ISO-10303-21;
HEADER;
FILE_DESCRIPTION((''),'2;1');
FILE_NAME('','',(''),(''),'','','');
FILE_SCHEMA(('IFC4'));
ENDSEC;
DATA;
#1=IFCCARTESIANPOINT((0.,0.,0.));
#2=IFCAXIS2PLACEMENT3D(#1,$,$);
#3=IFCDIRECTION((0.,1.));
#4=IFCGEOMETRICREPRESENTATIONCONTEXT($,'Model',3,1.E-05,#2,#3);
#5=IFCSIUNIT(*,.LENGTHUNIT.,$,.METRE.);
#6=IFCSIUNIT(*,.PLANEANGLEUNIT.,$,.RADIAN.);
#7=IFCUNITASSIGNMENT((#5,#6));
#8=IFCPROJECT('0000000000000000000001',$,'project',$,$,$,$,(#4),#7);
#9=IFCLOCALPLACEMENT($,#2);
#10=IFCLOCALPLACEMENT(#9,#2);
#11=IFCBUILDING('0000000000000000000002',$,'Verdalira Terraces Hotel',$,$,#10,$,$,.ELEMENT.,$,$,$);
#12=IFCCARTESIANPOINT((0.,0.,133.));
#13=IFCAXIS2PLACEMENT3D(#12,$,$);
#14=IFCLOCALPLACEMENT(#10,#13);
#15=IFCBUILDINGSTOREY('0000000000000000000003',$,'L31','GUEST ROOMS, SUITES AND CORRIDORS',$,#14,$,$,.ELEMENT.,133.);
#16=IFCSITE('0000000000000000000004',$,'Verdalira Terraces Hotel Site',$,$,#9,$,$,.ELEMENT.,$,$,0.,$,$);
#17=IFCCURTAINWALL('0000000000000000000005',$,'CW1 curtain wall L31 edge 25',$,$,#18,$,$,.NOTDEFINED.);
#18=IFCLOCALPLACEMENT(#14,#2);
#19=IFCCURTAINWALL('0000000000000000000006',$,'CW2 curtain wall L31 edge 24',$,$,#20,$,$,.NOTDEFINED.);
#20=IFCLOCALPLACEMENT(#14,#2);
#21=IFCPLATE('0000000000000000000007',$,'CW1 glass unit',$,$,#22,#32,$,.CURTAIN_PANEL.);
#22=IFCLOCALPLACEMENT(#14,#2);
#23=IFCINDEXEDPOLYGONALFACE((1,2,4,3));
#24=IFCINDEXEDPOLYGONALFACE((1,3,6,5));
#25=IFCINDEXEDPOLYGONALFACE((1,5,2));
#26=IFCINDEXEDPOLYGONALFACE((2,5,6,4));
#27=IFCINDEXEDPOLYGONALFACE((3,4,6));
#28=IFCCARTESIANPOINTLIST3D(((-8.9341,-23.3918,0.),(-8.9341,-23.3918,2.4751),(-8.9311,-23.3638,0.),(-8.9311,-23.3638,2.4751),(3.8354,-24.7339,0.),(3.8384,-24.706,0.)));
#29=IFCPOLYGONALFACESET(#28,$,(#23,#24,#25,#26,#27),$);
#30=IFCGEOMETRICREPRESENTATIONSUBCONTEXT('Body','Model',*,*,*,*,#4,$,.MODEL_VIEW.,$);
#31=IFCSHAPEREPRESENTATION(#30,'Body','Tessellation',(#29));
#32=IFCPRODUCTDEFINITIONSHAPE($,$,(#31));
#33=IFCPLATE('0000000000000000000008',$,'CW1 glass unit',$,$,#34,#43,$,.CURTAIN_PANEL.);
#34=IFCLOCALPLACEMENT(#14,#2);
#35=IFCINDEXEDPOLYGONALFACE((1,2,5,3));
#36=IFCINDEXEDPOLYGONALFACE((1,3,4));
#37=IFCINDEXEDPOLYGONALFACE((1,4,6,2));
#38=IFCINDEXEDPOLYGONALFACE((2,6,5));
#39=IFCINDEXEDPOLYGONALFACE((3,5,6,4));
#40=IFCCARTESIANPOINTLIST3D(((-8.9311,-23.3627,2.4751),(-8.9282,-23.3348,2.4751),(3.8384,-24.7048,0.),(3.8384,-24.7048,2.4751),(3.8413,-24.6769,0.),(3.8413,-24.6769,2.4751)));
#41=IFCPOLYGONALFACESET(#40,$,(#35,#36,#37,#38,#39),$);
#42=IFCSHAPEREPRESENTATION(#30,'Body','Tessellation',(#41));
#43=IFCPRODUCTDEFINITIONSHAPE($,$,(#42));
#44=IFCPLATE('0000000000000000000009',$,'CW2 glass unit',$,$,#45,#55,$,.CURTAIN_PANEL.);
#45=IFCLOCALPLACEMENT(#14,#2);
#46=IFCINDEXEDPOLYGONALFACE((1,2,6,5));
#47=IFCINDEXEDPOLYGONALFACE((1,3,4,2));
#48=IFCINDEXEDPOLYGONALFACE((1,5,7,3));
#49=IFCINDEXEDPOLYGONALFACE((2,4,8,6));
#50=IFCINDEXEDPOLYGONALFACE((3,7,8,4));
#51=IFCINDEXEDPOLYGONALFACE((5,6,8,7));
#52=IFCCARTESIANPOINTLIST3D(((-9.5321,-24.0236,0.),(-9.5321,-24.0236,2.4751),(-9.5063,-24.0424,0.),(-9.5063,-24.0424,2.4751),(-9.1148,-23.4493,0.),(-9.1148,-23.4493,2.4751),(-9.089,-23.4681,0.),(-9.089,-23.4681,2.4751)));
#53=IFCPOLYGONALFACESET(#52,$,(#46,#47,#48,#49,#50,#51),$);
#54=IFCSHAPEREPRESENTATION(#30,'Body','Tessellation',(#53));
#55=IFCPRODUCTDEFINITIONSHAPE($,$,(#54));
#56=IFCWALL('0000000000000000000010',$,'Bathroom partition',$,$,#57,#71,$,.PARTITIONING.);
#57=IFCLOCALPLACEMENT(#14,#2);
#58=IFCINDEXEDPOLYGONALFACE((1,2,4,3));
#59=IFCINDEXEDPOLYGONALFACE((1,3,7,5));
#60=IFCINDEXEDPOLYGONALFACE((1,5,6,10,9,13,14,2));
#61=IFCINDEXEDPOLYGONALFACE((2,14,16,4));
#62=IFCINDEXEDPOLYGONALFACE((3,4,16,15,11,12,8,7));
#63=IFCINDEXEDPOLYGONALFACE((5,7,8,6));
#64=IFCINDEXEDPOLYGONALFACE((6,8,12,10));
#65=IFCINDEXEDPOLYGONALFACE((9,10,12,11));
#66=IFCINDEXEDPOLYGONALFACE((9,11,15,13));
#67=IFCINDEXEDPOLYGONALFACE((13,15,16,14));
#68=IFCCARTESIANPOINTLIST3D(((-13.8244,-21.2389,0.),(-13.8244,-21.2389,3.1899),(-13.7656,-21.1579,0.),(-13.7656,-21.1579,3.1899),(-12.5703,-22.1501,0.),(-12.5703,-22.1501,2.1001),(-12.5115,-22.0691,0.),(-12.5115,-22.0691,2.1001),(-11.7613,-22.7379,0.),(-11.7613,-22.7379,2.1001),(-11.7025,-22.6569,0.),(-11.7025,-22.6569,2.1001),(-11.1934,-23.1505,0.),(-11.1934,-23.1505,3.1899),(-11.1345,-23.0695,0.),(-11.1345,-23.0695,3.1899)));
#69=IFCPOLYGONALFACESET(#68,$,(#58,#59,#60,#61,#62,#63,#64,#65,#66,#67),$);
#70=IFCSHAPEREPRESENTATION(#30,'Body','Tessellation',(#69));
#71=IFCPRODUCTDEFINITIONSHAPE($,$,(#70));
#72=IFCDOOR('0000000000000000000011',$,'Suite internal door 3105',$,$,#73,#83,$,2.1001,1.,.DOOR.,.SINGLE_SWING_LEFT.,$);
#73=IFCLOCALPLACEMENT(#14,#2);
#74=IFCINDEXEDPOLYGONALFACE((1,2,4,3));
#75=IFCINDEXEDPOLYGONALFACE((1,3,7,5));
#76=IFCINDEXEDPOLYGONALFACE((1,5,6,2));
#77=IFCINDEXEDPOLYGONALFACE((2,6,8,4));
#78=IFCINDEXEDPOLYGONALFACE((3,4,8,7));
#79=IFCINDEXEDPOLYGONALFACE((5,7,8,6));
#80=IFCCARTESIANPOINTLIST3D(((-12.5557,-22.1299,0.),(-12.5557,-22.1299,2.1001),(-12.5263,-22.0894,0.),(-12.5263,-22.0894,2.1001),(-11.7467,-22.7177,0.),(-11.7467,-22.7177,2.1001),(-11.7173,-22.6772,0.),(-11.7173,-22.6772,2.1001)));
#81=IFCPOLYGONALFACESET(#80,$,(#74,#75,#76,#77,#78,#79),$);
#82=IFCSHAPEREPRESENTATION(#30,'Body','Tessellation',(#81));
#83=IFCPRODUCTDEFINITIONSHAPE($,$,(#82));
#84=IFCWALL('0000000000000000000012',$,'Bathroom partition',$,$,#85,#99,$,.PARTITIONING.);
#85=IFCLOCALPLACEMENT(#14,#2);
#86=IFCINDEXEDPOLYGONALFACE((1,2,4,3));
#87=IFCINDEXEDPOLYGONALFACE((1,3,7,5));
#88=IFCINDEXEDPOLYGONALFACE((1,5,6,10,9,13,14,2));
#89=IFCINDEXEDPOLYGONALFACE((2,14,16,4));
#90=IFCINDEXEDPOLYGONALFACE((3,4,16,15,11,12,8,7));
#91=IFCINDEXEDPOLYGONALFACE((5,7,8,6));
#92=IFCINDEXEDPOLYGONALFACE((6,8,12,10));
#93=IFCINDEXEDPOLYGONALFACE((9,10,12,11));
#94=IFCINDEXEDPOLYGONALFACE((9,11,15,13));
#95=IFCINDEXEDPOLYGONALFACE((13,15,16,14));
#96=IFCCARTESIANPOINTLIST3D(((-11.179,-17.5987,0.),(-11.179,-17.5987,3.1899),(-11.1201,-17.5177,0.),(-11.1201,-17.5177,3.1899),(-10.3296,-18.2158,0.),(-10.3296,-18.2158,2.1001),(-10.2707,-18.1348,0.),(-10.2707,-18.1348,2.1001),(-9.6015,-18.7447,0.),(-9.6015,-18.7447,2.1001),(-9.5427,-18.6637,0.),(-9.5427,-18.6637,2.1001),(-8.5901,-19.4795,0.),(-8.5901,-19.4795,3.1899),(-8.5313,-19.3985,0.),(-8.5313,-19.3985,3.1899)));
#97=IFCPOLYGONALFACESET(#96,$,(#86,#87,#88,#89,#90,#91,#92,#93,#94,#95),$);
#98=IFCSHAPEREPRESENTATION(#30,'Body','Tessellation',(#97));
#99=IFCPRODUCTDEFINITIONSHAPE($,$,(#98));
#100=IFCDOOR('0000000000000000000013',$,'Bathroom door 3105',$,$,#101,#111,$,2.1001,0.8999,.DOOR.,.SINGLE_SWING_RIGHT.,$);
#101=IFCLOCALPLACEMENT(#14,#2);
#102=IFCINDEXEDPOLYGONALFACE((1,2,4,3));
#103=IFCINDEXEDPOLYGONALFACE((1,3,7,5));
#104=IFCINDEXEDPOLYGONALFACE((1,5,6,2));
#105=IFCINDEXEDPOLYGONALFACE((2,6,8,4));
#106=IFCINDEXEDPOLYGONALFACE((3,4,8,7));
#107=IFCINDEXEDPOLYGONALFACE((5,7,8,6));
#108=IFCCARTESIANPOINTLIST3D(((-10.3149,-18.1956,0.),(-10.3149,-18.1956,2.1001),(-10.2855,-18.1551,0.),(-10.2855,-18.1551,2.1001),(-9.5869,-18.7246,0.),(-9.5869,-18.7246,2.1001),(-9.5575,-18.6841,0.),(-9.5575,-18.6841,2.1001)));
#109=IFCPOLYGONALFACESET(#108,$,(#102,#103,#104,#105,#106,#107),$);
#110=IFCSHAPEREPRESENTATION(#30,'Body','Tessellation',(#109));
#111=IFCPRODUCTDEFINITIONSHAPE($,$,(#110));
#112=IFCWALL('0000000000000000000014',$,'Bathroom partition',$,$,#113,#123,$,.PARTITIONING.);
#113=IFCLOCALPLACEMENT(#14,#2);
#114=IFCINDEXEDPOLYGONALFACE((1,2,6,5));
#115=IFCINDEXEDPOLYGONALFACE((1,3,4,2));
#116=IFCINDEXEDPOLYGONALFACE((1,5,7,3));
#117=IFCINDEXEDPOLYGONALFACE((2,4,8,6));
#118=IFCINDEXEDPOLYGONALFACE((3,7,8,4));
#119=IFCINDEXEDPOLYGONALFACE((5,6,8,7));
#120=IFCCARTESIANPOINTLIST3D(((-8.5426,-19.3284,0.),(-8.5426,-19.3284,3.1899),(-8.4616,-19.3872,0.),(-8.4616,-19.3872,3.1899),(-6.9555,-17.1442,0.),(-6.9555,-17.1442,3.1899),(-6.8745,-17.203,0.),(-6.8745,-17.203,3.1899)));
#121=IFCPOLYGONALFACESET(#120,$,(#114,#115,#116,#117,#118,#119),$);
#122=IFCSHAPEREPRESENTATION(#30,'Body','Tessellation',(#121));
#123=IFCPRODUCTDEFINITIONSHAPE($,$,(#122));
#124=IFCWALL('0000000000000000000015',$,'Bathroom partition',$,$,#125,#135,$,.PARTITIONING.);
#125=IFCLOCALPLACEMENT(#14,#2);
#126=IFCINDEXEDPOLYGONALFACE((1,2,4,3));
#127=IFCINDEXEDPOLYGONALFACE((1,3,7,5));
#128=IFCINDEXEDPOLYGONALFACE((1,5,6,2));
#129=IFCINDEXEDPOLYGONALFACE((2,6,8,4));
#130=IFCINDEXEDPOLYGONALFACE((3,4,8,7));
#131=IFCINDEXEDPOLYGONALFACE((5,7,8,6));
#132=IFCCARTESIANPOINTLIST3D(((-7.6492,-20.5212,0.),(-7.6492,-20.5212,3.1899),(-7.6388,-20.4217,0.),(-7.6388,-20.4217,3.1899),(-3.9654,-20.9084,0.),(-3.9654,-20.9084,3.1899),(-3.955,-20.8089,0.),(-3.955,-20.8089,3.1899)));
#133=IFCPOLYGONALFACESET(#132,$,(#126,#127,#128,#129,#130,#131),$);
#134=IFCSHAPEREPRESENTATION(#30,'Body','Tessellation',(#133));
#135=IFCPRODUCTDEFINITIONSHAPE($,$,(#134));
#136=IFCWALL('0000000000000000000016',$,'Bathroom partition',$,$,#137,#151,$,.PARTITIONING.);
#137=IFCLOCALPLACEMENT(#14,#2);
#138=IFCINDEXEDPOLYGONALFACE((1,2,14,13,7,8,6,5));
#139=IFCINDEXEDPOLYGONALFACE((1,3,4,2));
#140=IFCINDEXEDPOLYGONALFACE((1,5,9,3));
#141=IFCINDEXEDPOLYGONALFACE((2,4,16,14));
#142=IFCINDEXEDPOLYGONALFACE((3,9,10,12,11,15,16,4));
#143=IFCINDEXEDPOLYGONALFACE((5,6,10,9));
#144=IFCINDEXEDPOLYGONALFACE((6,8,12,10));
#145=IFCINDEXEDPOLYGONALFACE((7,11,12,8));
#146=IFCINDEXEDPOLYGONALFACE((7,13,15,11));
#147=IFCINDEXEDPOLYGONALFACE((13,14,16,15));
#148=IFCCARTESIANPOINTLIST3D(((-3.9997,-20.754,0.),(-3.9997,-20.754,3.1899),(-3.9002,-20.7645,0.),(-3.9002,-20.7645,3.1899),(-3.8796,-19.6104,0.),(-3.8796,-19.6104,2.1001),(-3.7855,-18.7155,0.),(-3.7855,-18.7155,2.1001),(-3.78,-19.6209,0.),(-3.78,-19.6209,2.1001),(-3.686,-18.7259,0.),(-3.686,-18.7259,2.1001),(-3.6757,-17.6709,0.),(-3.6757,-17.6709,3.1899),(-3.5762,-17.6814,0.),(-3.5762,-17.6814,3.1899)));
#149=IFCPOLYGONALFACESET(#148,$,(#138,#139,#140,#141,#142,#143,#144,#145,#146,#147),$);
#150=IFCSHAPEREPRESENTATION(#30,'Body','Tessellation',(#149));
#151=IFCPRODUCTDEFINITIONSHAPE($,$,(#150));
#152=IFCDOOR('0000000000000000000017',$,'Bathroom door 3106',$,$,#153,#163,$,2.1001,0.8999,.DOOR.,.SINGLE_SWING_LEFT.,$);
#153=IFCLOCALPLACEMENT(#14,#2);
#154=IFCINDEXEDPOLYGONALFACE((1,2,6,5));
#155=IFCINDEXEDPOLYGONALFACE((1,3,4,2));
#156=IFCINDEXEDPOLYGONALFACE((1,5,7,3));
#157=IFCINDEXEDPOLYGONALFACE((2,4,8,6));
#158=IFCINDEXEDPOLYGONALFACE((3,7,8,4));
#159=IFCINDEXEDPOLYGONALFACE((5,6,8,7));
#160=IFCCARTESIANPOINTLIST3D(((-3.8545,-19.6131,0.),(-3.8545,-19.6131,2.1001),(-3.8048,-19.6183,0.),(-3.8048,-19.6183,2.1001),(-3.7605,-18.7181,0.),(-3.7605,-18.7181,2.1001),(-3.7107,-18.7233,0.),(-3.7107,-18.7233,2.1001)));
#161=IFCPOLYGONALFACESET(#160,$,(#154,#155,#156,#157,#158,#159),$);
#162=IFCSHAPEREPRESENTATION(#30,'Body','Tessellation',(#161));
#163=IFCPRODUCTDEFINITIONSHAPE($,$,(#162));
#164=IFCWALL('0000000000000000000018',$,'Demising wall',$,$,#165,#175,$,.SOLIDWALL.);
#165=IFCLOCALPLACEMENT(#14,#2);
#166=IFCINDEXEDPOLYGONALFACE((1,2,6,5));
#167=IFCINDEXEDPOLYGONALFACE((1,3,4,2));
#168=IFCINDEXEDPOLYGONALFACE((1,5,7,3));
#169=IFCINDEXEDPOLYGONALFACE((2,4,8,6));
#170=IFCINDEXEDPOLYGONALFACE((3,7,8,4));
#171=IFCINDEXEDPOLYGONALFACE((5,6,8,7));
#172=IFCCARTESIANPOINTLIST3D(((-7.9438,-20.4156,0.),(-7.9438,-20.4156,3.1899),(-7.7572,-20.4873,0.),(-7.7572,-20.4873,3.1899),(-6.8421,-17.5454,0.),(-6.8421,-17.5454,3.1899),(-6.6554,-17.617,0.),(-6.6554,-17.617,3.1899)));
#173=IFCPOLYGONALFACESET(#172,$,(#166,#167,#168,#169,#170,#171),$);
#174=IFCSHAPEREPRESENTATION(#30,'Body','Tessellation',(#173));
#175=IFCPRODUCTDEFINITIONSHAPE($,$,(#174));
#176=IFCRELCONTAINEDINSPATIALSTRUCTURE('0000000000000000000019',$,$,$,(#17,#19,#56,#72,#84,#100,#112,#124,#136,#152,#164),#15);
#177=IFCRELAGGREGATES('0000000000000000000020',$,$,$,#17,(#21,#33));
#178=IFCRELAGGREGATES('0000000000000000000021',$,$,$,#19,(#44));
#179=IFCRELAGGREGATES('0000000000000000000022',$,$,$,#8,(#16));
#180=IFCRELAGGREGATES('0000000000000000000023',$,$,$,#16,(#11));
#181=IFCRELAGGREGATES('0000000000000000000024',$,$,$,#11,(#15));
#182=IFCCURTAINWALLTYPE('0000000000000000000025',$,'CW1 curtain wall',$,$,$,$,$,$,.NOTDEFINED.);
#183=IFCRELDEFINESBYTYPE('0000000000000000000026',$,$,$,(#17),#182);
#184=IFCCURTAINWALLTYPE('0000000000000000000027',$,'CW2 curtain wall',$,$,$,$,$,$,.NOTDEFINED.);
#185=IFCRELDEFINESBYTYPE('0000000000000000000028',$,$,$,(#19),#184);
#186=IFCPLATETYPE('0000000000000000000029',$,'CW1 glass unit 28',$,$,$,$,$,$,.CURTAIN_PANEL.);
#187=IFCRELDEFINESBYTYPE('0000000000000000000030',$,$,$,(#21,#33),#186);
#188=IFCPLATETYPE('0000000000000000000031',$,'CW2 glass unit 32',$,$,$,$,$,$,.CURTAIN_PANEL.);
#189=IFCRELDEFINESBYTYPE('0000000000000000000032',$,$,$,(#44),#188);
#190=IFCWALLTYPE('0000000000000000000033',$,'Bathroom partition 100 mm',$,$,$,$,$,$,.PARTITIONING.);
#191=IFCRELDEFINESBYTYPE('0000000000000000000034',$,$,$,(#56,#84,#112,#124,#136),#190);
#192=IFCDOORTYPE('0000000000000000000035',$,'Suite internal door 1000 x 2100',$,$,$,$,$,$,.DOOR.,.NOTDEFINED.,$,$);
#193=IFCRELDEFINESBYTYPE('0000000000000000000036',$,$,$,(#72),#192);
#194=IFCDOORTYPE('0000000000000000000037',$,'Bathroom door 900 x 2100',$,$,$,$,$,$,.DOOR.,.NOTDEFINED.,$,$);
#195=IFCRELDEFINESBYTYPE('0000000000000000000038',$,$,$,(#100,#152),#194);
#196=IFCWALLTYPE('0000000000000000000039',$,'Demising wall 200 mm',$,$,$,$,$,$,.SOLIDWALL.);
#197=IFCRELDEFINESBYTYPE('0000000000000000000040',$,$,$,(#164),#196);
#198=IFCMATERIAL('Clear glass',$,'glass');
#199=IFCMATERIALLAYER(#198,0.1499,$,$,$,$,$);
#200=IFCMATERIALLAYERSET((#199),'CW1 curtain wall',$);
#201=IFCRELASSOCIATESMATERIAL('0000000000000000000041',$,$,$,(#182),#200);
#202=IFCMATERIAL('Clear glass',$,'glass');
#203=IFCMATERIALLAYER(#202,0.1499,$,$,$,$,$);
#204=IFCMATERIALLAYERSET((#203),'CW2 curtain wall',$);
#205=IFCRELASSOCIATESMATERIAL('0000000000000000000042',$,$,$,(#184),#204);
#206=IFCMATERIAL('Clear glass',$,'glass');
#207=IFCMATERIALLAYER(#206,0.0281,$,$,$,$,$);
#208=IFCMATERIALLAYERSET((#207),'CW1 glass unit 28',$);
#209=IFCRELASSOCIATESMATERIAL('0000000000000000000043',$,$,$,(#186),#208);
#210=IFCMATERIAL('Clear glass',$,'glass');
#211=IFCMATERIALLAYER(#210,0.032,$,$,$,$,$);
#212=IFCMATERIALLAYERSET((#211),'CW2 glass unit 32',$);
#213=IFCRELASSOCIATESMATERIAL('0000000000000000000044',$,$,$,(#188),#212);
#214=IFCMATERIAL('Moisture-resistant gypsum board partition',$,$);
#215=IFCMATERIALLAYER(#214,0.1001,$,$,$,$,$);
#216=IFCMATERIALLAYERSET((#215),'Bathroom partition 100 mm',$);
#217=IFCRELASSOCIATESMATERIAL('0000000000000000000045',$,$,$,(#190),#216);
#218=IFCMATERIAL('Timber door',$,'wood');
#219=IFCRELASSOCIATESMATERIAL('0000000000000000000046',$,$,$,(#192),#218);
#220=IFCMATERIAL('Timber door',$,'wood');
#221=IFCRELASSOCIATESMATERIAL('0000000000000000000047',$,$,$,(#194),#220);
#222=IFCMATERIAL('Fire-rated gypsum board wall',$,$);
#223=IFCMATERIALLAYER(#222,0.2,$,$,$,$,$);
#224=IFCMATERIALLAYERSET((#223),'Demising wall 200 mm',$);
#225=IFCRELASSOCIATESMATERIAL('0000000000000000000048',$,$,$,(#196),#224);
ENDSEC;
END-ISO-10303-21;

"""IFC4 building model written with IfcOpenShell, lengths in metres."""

from ifc_helpers import new_model, si_unit, direction, frame, frame_2d, origin, origin_2d, place, context, subcontext, project, spatial, polyline, rectangle, outline, extrude, material, layer, layer_set, type_object, element, fill, aggregate, save


model = new_model("IFC4")

# Units and contexts
model_context = context("Model", 3, precision=1e-05, world=origin(), true_north=direction((0.0, 1.0)))
body_context = subcontext(model_context, "Body", "Model", "MODEL_VIEW")
ifc_project = project(units=[si_unit("LENGTHUNIT", "METRE"), si_unit("PLANEANGLEUNIT", "RADIAN")], contexts=[model_context])

# Site, building, storey
site_placement = place(None, origin())
site = spatial("IfcSite", under=ifc_project, at=site_placement, Name="Verdalira Terraces Hotel Site", CompositionType="ELEMENT", RefElevation=0.0)
building_placement = place(site_placement, origin())
building = spatial("IfcBuilding", under=site, at=building_placement, Name="Verdalira Terraces Hotel", CompositionType="ELEMENT")
storey_placement = place(building_placement, frame((0.0, 0.0, 133.0)))
storey = spatial("IfcBuildingStorey", under=building, at=storey_placement, Name="L31", Description="GUEST ROOMS, SUITES AND CORRIDORS", CompositionType="ELEMENT", Elevation=133.0)

# Curtain walls
ifc_material_1 = material(Name="Clear glass", Category="glass")
ifc_layer_1 = layer(ifc_material_1, 0.1499)
ifc_layer_set_1 = layer_set([ifc_layer_1], Name="CW1 curtain wall")
curtain_wall_type_1 = type_object("IfcCurtainWallType", Name="CW1 curtain wall", PredefinedType="NOTDEFINED", material=ifc_layer_set_1)
curtain_wall_1_placement = place(storey_placement, origin())
curtain_wall_1 = element("IfcCurtainWall", 1, at=curtain_wall_1_placement, inside=storey, type_object=curtain_wall_type_1, Name="CW1 curtain wall L31 edge 25", PredefinedType="NOTDEFINED")
ifc_material_2 = material(Name="Clear glass", Category="glass")
ifc_layer_2 = layer(ifc_material_2, 0.1499)
ifc_layer_set_2 = layer_set([ifc_layer_2], Name="CW2 curtain wall")
curtain_wall_type_2 = type_object("IfcCurtainWallType", Name="CW2 curtain wall", PredefinedType="NOTDEFINED", material=ifc_layer_set_2)
curtain_wall_2_placement = place(storey_placement, origin())
curtain_wall_2 = element("IfcCurtainWall", 2, at=curtain_wall_2_placement, inside=storey, type_object=curtain_wall_type_2, Name="CW2 curtain wall L31 edge 24", PredefinedType="NOTDEFINED")

# Plates
ifc_material_3 = material(Name="Clear glass", Category="glass")
ifc_layer_3 = layer(ifc_material_3, 0.0281)
ifc_layer_set_3 = layer_set([ifc_layer_3], Name="CW1 glass unit 28")
plate_type_1 = type_object("IfcPlateType", Name="CW1 glass unit 28", PredefinedType="CURTAIN_PANEL", material=ifc_layer_set_3)
plate_1_placement = place(storey_placement, frame((-2.5464, -24.0349, 1.2375), z_axis=(-0.104528, -0.994522, 0.0), x_axis=(0.994522, -0.104528, 0.0)))
plate_1 = element("IfcPlate", 3, at=plate_1_placement, type_object=plate_type_1, Name="CW1 glass unit", PredefinedType="CURTAIN_PANEL", context=body_context, shape_type="SweptSolid", body=[
    extrude(outline(polyline([(-6.4199, -1.2375), (6.4199, -1.2375), (-6.4199, 1.2375), (-6.4199, -1.2375)])), origin(), (0.0, 0.0, 1.0), 0.0281),
])
plate_2_placement = place(storey_placement, frame((-2.5435, -24.0059, 1.2375), z_axis=(-0.104528, -0.994522, 0.0), x_axis=(0.994522, -0.104528, 0.0)))
plate_2 = element("IfcPlate", 4, at=plate_2_placement, type_object=plate_type_1, Name="CW1 glass unit", PredefinedType="CURTAIN_PANEL", context=body_context, shape_type="SweptSolid", body=[
    extrude(outline(polyline([(6.4199, -1.2375), (6.4199, 1.2375), (-6.4199, 1.2375), (6.4199, -1.2375)])), origin(), (0.0, 0.0, 1.0), 0.0281),
])
aggregate(curtain_wall_1, [plate_1, plate_2])
ifc_material_4 = material(Name="Clear glass", Category="glass")
ifc_layer_4 = layer(ifc_material_4, 0.032)
ifc_layer_set_4 = layer_set([ifc_layer_4], Name="CW2 glass unit 32")
plate_type_2 = type_object("IfcPlateType", Name="CW2 glass unit 32", PredefinedType="CURTAIN_PANEL", material=ifc_layer_set_4)
plate_3_placement = place(storey_placement, frame((-9.3105, -23.7459, 0.0), z_axis=(0.0, 0.0, 1.0), x_axis=(0.587785, 0.809017, 0.0)))
plate_3 = element("IfcPlate", 5, at=plate_3_placement, type_object=plate_type_2, Name="CW2 glass unit", PredefinedType="CURTAIN_PANEL", context=body_context, shape_type="SweptSolid", body=[
    extrude(rectangle(XDim=0.71, YDim=0.032, at=origin_2d()), origin(), (0.0, 0.0, 1.0), 2.4751),
])
aggregate(curtain_wall_2, [plate_3])

# Walls, openings, doors
ifc_material_5 = material(Name="Moisture-resistant gypsum board partition")
ifc_layer_5 = layer(ifc_material_5, 0.1001)
ifc_layer_set_5 = layer_set([ifc_layer_5], Name="Bathroom partition 100 mm")
wall_type_1 = type_object("IfcWallType", Name="Bathroom partition 100 mm", PredefinedType="PARTITIONING", material=ifc_layer_set_5)
wall_1_placement = place(storey_placement, frame((-13.7949, -21.1985, 0.0), z_axis=(0.0, 0.0, 1.0), x_axis=(0.809015, -0.587788, 0.0)))
wall_1 = element("IfcWall", 6, at=wall_1_placement, inside=storey, type_object=wall_type_1, Name="Bathroom partition", PredefinedType="PARTITIONING", context=body_context, shape_type="SweptSolid", body=[
    extrude(rectangle(XDim=3.2522, YDim=0.1001, at=frame_2d((1.626, 0.0))), origin(), (0.0, 0.0, 1.0), 3.1899),
])
opening_1_placement = place(wall_1_placement, frame((1.55, 0.0, 0.0)))
opening_1 = element("IfcOpeningElement", 7, at=opening_1_placement, cuts=wall_1, PredefinedType="OPENING", context=body_context, shape_type="SweptSolid", body=[
    extrude(rectangle(XDim=1.0, YDim=2.1001, at=frame_2d((0.5, 1.05))), frame((0.0, 0.0601, 0.0), z_axis=(0.0, -1.0, 0.0), x_axis=(1.0, 0.0, 0.0)), (0.0, 0.0, 1.0), 0.1201),
])
ifc_material_6 = material(Name="Timber door", Category="wood")
door_type_1 = type_object("IfcDoorType", Name="Suite internal door 1000 x 2100", OperationType="NOTDEFINED", PredefinedType="DOOR", material=ifc_material_6)
door_1_placement = place(opening_1_placement, origin())
door_1 = element("IfcDoor", 8, at=door_1_placement, inside=storey, type_object=door_type_1, Name="Suite internal door 3105", OperationType="SINGLE_SWING_LEFT", OverallHeight=2.1001, OverallWidth=1.0, PredefinedType="DOOR", context=body_context, shape_type="SweptSolid", body=[
    extrude(rectangle(XDim=1.0, YDim=2.1001, at=frame_2d((0.5, 1.05))), frame((0.0, 0.0249, 0.0), z_axis=(0.0, -1.0, 0.0), x_axis=(1.0, 0.0, 0.0)), (0.0, 0.0, 1.0), 0.05),
])
fill(opening_1, door_1)
wall_2_placement = place(storey_placement, frame((-11.1497, -17.5581, 0.0), z_axis=(0.0, 0.0, 1.0), x_axis=(0.809026, -0.587772, 0.0)))
wall_2 = element("IfcWall", 9, at=wall_2_placement, inside=storey, type_object=wall_type_1, Name="Bathroom partition", PredefinedType="PARTITIONING", context=body_context, shape_type="SweptSolid", body=[
    extrude(rectangle(XDim=3.2, YDim=0.1001, at=frame_2d((1.6001, 0.0))), origin(), (0.0, 0.0, 1.0), 3.1899),
])
opening_2_placement = place(wall_2_placement, frame((1.05, 0.0, 0.0)))
opening_2 = element("IfcOpeningElement", 10, at=opening_2_placement, cuts=wall_2, PredefinedType="OPENING", context=body_context, shape_type="SweptSolid", body=[
    extrude(rectangle(XDim=0.8999, YDim=2.1001, at=frame_2d((0.45, 1.05))), frame((0.0, 0.0601, 0.0), z_axis=(0.0, -1.0, 0.0), x_axis=(1.0, 0.0, 0.0)), (0.0, 0.0, 1.0), 0.1201),
])
ifc_material_7 = material(Name="Timber door", Category="wood")
door_type_2 = type_object("IfcDoorType", Name="Bathroom door 900 x 2100", OperationType="NOTDEFINED", PredefinedType="DOOR", material=ifc_material_7)
door_2_placement = place(opening_2_placement, origin())
door_2 = element("IfcDoor", 11, at=door_2_placement, inside=storey, type_object=door_type_2, Name="Bathroom door 3105", OperationType="SINGLE_SWING_RIGHT", OverallHeight=2.1001, OverallWidth=0.8999, PredefinedType="DOOR", context=body_context, shape_type="SweptSolid", body=[
    extrude(rectangle(XDim=0.8999, YDim=2.1001, at=frame_2d((0.45, 1.05))), frame((0.0, 0.0249, 0.0), z_axis=(0.0, -1.0, 0.0), x_axis=(1.0, 0.0, 0.0)), (0.0, 0.0, 1.0), 0.05),
])
fill(opening_2, door_2)

# Walls
wall_3_placement = place(storey_placement, frame((-8.5022, -19.3579, 0.0), z_axis=(0.0, 0.0, 1.0), x_axis=(0.587822, 0.80899, 0.0)))
element("IfcWall", 12, at=wall_3_placement, inside=storey, type_object=wall_type_1, Name="Bathroom partition", PredefinedType="PARTITIONING", context=body_context, shape_type="SweptSolid", body=[
    extrude(rectangle(XDim=2.7, YDim=0.1001, at=frame_2d((1.3501, 0.0))), origin(), (0.0, 0.0, 1.0), 3.1899),
])
wall_4_placement = place(storey_placement, frame((-3.9602, -20.8586, 0.0), z_axis=(0.0, 0.0, 1.0), x_axis=(-0.994521, 0.104534, 0.0)))
element("IfcWall", 13, at=wall_4_placement, inside=storey, type_object=wall_type_1, Name="Bathroom partition", PredefinedType="PARTITIONING", context=body_context, shape_type="SweptSolid", body=[
    extrude(rectangle(XDim=3.7041, YDim=0.1001, at=frame_2d((1.8521, 0.0))), origin(), (0.0, 0.0, 1.0), 3.1899),
])

# Wall, opening, door
wall_5_placement = place(storey_placement, frame((-3.95, -20.7593, 0.0), z_axis=(0.0, 0.0, 1.0), x_axis=(0.104509, 0.994524, 0.0)))
wall_5 = element("IfcWall", 14, at=wall_5_placement, inside=storey, type_object=wall_type_1, Name="Bathroom partition", PredefinedType="PARTITIONING", context=body_context, shape_type="SweptSolid", body=[
    extrude(rectangle(XDim=3.1001, YDim=0.1001, at=frame_2d((1.55, 0.0))), origin(), (0.0, 0.0, 1.0), 3.1899),
])
opening_3_placement = place(wall_5_placement, frame((1.1499, 0.0, 0.0)))
opening_3 = element("IfcOpeningElement", 15, at=opening_3_placement, cuts=wall_5, PredefinedType="OPENING", context=body_context, shape_type="SweptSolid", body=[
    extrude(rectangle(XDim=0.8999, YDim=2.1001, at=frame_2d((0.45, 1.05))), frame((0.0, 0.0601, 0.0), z_axis=(0.0, -1.0, 0.0), x_axis=(1.0, 0.0, 0.0)), (0.0, 0.0, 1.0), 0.1201),
])
door_3_placement = place(opening_3_placement, origin())
door_3 = element("IfcDoor", 16, at=door_3_placement, inside=storey, type_object=door_type_2, Name="Bathroom door 3106", OperationType="SINGLE_SWING_LEFT", OverallHeight=2.1001, OverallWidth=0.8999, PredefinedType="DOOR", context=body_context, shape_type="SweptSolid", body=[
    extrude(rectangle(XDim=0.8999, YDim=2.1001, at=frame_2d((0.45, 1.05))), frame((0.0, 0.0249, 0.0), z_axis=(0.0, -1.0, 0.0), x_axis=(1.0, 0.0, 0.0)), (0.0, 0.0, 1.0), 0.05),
])
fill(opening_3, door_3)

# Wall
ifc_material_8 = material(Name="Fire-rated gypsum board wall")
ifc_layer_6 = layer(ifc_material_8, 0.2)
ifc_layer_set_6 = layer_set([ifc_layer_6], Name="Demising wall 200 mm")
wall_type_2 = type_object("IfcWallType", Name="Demising wall 200 mm", PredefinedType="SOLIDWALL", material=ifc_layer_set_6)
wall_6_placement = place(storey_placement, frame((-6.7488, -17.5813, 0.0), z_axis=(0.0, 0.0, 1.0), x_axis=(-0.358362, -0.933583, 0.0)))
element("IfcWall", 17, at=wall_6_placement, inside=storey, type_object=wall_type_2, Name="Demising wall", PredefinedType="SOLIDWALL", context=body_context, shape_type="SweptSolid", body=[
    extrude(rectangle(XDim=3.0745, YDim=0.2, at=frame_2d((1.5371, 0.0))), origin(), (0.0, 0.0, 1.0), 3.1899),
])

save(model, "model.ifc")
